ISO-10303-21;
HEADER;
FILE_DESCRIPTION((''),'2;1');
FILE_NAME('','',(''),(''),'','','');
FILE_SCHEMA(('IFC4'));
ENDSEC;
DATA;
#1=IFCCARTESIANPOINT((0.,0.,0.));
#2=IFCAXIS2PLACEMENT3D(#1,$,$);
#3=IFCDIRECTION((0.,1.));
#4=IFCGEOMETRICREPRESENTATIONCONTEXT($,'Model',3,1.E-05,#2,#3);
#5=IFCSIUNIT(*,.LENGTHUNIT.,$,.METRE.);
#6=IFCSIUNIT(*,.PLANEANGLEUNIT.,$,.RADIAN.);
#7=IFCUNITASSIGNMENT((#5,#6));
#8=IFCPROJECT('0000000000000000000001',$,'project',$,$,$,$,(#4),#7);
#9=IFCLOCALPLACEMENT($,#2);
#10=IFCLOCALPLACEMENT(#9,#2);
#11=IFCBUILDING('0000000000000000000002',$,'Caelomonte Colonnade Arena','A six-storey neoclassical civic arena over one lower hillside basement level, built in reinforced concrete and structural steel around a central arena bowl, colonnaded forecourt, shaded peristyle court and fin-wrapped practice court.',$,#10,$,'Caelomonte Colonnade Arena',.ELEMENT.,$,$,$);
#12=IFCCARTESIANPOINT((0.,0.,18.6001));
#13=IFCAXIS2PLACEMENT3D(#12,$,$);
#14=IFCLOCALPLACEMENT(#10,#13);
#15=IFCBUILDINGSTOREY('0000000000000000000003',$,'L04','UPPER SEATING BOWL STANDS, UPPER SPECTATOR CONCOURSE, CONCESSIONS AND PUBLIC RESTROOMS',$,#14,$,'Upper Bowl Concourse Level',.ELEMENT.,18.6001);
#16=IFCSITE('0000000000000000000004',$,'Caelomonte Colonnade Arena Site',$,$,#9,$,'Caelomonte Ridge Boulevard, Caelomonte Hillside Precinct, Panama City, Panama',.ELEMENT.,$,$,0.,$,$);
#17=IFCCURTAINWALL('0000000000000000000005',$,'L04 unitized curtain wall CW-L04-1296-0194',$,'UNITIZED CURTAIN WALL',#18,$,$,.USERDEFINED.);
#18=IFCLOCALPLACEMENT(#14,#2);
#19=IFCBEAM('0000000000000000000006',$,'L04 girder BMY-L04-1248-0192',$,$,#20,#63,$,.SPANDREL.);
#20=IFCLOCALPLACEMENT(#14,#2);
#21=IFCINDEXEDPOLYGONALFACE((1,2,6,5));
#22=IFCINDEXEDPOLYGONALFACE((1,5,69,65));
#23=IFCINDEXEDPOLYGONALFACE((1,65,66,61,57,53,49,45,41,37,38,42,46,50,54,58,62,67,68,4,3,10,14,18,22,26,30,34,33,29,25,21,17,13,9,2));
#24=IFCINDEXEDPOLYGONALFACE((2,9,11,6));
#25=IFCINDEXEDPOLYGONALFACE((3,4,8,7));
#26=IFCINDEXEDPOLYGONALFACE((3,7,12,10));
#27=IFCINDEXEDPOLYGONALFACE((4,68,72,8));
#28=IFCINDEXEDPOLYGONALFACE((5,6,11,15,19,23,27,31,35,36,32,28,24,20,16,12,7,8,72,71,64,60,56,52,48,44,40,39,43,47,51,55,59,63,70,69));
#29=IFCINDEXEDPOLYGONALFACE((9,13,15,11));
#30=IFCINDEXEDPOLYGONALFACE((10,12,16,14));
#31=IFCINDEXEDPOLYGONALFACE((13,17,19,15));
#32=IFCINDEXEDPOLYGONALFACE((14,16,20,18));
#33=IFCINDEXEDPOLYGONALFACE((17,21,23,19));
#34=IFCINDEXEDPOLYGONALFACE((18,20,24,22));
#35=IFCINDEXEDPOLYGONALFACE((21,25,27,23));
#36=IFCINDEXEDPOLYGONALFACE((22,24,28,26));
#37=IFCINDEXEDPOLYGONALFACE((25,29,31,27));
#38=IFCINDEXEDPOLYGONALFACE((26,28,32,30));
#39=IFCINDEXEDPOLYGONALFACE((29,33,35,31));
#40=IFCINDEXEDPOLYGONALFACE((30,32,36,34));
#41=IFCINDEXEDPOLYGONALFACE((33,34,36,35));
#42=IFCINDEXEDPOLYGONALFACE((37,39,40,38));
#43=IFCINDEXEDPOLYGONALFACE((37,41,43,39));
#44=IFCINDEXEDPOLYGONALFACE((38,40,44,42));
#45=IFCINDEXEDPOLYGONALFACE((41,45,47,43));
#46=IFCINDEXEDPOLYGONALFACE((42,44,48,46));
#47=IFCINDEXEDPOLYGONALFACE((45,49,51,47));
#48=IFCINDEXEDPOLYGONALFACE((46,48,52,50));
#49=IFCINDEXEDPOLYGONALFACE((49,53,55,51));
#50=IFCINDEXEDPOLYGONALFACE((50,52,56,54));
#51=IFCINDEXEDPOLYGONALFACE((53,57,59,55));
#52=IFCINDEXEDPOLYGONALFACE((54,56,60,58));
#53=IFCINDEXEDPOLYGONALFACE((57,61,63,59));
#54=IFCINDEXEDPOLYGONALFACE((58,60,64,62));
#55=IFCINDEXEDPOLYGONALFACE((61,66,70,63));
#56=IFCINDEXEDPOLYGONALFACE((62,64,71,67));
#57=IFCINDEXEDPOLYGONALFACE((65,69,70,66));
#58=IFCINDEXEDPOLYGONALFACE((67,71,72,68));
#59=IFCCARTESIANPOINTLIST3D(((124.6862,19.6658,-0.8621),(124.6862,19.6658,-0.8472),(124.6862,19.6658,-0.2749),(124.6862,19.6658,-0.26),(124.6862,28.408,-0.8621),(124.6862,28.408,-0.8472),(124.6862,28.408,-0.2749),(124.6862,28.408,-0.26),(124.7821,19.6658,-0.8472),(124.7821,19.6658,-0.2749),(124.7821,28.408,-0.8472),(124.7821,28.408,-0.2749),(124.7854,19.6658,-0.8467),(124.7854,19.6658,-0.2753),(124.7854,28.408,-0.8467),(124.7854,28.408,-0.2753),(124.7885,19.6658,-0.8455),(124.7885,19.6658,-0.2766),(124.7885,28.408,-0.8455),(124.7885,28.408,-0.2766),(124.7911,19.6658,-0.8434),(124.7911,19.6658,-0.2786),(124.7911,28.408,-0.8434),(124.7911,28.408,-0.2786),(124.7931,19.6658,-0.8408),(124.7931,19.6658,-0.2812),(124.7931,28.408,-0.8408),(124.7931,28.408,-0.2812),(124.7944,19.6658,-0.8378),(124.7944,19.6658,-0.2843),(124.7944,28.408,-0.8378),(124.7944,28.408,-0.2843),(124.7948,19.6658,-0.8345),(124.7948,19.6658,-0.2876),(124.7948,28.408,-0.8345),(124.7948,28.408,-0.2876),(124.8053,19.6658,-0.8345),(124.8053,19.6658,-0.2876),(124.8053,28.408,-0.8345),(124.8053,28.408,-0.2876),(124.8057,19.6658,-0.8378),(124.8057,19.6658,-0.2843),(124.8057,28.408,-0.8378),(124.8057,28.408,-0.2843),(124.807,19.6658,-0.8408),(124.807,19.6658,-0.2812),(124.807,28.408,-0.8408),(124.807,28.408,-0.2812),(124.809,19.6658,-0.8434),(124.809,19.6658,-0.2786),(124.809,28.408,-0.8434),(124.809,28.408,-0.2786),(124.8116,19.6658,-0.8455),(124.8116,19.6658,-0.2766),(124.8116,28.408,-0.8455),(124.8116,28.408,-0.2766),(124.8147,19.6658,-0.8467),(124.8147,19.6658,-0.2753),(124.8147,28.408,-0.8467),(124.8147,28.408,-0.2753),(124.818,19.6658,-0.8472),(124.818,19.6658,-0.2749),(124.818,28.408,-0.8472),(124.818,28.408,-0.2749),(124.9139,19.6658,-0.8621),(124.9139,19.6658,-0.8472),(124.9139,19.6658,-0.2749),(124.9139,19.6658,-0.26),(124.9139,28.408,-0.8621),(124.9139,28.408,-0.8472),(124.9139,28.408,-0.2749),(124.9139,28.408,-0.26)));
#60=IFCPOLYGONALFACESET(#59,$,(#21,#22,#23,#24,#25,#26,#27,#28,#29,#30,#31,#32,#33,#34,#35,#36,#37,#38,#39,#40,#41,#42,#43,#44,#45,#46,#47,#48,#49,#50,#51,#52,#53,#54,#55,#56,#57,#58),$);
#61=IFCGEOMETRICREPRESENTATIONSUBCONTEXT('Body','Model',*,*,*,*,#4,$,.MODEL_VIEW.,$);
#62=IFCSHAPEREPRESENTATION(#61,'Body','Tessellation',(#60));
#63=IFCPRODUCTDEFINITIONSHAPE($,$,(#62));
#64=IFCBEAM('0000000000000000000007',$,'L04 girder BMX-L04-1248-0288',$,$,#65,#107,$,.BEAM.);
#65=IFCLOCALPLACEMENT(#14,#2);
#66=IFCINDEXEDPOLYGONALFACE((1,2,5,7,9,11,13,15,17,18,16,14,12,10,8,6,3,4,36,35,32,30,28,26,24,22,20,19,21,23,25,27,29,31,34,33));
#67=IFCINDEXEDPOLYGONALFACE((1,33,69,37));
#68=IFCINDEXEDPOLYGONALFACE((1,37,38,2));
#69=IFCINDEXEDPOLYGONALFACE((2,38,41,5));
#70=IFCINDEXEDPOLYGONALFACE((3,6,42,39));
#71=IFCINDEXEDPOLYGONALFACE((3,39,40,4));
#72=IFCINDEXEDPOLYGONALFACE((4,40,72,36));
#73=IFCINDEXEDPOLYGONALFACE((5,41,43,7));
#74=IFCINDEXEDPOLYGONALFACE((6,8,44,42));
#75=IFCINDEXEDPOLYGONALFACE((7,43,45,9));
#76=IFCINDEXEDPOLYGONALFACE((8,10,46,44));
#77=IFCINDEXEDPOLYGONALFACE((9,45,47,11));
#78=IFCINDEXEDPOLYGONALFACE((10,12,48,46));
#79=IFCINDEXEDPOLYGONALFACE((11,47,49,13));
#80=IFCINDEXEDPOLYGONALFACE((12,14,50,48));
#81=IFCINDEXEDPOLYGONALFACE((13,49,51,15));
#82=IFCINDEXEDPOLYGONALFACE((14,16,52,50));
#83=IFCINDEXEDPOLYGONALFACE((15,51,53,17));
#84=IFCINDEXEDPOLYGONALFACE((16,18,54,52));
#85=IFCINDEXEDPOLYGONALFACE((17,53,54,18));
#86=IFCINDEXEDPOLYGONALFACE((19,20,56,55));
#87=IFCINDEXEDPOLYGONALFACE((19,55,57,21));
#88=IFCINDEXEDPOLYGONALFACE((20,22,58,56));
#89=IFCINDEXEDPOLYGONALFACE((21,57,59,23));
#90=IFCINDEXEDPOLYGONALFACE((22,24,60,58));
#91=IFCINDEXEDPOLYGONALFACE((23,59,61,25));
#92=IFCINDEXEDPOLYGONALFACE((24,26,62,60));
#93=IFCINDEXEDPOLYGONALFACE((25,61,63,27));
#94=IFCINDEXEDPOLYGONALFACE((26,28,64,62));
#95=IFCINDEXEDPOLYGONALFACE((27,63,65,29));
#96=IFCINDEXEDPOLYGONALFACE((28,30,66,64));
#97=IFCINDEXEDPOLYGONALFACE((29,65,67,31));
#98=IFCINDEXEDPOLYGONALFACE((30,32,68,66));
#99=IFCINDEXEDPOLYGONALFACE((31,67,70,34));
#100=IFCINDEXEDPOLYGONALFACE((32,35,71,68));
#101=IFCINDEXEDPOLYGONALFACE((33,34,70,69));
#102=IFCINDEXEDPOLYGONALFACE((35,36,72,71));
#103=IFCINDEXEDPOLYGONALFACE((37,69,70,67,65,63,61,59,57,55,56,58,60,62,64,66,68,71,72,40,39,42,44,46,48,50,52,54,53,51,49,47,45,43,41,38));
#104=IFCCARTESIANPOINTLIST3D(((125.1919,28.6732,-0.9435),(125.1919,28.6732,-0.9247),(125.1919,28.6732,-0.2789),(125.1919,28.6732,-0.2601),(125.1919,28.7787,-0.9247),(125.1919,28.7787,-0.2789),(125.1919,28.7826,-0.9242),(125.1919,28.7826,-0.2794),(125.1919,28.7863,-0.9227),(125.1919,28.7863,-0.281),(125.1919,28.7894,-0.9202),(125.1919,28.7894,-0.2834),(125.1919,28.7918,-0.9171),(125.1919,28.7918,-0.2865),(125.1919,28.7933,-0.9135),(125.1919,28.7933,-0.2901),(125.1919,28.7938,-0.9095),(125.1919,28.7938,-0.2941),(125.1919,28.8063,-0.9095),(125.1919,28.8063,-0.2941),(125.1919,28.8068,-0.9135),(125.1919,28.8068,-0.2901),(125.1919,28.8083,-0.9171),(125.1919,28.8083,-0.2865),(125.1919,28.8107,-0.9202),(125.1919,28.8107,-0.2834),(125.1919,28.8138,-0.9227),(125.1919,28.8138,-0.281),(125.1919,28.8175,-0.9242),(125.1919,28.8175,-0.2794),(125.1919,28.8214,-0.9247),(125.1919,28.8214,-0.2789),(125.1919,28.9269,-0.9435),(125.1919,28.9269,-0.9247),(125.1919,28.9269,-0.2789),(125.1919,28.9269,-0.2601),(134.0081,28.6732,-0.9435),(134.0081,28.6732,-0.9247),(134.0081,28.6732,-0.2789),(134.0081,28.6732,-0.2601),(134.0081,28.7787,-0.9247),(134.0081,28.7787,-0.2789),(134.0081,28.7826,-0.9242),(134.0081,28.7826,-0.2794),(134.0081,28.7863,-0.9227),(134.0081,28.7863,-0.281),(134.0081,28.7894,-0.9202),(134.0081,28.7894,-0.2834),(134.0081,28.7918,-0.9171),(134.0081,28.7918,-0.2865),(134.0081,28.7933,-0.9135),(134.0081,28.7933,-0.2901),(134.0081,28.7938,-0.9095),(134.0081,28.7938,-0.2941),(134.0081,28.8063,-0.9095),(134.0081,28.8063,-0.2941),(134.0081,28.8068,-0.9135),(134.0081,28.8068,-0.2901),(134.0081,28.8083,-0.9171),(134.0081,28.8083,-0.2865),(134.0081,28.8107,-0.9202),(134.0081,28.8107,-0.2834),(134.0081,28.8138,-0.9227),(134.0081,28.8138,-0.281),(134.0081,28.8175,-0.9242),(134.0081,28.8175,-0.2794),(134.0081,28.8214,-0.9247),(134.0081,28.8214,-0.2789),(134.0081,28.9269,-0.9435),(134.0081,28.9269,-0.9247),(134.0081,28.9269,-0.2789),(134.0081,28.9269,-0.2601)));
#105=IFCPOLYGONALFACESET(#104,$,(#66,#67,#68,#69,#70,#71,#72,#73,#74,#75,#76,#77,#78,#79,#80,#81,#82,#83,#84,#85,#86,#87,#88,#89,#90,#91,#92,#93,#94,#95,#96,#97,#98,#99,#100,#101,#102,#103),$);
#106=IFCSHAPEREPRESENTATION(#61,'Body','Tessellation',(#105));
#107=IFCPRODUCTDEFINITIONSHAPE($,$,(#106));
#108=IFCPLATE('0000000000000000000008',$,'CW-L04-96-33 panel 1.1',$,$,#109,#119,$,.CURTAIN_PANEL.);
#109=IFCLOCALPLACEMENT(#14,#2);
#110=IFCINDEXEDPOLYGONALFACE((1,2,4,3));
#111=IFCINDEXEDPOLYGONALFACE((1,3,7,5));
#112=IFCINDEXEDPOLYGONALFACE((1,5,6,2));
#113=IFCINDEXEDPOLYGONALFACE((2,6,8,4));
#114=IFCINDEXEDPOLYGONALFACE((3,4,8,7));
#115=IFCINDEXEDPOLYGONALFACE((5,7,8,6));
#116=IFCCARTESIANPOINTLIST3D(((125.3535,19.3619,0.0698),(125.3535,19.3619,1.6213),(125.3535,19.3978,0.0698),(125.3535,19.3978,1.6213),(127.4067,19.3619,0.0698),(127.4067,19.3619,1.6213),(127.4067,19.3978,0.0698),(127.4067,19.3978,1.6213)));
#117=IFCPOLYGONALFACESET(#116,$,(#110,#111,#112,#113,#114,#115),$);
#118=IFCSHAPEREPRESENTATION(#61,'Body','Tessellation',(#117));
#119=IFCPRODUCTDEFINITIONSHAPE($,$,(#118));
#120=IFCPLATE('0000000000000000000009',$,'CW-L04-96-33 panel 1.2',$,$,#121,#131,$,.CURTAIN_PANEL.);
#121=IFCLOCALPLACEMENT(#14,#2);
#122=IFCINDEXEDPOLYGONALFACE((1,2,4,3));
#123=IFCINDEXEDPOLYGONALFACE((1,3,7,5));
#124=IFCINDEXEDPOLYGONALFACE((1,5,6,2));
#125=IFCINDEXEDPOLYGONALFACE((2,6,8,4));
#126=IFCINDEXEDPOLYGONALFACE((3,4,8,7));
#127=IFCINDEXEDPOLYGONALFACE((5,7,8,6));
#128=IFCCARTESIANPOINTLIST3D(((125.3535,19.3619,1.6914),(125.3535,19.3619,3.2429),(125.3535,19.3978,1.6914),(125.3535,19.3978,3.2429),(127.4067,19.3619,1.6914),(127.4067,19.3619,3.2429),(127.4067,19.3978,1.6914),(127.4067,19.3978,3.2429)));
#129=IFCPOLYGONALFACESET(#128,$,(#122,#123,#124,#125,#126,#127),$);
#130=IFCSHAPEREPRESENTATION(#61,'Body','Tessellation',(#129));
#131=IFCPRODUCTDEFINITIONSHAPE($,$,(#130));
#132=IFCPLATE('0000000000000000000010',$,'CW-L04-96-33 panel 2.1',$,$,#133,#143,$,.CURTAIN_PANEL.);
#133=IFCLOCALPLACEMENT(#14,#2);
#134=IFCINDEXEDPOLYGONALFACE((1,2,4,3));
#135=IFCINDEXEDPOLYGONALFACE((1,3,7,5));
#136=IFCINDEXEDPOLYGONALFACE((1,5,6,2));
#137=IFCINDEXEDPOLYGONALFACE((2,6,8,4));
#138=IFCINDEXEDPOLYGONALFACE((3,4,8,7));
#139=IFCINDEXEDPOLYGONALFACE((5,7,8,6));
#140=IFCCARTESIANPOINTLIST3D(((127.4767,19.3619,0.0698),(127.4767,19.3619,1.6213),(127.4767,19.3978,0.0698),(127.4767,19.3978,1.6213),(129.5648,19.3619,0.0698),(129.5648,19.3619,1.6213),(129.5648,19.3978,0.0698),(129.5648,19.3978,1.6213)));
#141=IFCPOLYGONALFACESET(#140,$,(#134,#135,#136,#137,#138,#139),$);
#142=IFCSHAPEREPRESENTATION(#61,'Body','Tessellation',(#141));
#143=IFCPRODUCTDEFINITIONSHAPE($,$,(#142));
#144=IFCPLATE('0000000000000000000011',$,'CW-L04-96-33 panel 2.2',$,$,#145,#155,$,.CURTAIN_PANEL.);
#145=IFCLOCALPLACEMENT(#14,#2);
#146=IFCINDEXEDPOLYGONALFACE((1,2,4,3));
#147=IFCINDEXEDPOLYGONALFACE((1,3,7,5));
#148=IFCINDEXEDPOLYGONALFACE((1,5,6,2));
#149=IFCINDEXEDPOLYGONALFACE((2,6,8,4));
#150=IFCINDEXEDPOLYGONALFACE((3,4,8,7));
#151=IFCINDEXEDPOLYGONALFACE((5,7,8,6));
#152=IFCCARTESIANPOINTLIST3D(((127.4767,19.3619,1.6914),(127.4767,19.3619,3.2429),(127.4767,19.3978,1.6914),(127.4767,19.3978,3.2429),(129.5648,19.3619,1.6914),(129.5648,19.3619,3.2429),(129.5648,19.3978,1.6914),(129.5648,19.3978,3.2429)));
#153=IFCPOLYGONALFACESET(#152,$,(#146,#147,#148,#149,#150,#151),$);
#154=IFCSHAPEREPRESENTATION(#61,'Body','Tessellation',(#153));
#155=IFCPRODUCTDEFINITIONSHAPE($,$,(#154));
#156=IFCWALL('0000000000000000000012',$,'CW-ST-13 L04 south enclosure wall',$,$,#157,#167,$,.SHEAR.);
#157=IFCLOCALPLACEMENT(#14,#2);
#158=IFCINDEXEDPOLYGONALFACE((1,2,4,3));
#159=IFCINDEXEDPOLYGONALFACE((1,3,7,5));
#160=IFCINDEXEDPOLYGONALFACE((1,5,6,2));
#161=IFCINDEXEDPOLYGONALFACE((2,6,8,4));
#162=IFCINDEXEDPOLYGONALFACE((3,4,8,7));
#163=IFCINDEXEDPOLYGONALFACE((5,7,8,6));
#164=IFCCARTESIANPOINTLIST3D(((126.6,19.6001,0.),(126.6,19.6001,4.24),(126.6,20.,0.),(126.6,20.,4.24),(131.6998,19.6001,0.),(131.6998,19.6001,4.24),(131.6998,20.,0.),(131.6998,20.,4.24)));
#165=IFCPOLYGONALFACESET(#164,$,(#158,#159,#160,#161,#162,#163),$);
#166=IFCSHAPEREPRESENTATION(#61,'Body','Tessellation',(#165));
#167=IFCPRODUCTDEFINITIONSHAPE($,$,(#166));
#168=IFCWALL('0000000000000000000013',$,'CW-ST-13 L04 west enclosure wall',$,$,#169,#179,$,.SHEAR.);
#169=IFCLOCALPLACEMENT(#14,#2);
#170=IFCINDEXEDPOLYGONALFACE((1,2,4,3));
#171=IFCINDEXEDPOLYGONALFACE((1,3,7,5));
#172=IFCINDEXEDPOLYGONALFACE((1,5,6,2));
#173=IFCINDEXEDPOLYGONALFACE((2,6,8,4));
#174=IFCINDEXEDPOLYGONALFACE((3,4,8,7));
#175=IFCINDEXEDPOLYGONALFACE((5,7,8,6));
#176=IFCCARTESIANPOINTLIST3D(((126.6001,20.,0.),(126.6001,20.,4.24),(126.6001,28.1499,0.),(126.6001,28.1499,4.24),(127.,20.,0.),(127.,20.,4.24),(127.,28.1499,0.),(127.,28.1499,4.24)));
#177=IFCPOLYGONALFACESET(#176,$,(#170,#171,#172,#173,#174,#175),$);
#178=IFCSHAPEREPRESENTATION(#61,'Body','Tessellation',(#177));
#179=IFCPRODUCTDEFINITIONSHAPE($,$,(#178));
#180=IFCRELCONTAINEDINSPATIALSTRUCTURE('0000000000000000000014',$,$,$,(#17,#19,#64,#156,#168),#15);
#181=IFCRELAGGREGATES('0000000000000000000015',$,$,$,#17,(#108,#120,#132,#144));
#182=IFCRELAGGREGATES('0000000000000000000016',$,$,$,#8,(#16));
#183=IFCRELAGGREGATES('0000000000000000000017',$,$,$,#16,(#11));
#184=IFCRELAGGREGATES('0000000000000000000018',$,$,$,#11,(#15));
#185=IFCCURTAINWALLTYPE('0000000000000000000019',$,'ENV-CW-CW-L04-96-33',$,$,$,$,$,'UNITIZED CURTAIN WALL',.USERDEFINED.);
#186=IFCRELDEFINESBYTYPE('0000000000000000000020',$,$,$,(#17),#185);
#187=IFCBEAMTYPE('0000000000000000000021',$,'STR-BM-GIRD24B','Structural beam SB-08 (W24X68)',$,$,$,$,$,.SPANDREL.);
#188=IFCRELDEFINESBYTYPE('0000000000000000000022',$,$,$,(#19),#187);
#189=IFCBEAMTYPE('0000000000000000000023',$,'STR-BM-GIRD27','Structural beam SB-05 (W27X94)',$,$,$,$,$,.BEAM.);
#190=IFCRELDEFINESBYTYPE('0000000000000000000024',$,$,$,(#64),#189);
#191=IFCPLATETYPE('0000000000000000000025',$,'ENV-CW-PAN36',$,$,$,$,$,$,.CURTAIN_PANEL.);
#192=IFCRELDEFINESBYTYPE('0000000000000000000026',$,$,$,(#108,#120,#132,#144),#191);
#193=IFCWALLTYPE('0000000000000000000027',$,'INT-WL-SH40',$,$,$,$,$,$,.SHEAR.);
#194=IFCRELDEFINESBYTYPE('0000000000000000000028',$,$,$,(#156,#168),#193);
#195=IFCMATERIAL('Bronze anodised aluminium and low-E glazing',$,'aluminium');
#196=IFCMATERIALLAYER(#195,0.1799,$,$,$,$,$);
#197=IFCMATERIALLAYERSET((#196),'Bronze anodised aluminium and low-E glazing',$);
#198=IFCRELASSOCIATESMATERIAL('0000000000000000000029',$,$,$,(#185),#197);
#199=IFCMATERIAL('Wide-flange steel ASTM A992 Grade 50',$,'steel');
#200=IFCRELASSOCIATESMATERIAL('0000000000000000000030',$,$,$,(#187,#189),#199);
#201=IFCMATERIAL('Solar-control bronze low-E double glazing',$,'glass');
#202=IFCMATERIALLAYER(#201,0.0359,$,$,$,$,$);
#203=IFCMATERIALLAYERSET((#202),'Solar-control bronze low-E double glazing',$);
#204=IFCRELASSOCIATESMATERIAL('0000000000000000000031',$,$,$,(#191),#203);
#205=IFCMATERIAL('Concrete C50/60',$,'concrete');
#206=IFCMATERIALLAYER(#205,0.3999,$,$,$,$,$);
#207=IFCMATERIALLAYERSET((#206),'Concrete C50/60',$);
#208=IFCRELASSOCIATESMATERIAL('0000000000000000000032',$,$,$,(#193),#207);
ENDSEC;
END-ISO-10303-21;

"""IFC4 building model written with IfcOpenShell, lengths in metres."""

from ifc_helpers import new_model, si_unit, direction, frame, frame_2d, origin, origin_2d, place, context, subcontext, project, spatial, rectangle, i_section, extrude, material, layer, layer_set, material_profile, profile_set, type_object, element, aggregate, save


model = new_model("IFC4")

# Units and contexts
model_context = context("Model", 3, precision=1e-05, world=origin(), true_north=direction((0.0, 1.0)))
body_context = subcontext(model_context, "Body", "Model", "MODEL_VIEW")
ifc_project = project(units=[si_unit("LENGTHUNIT", "METRE"), si_unit("PLANEANGLEUNIT", "RADIAN")], contexts=[model_context])

# Site, building, storey
site_placement = place(None, origin())
site = spatial("IfcSite", under=ifc_project, at=site_placement, Name="Caelomonte Colonnade Arena Site", LongName="Caelomonte Ridge Boulevard, Caelomonte Hillside Precinct, Panama City, Panama", CompositionType="ELEMENT", RefElevation=0.0)
building_placement = place(site_placement, origin())
building = spatial("IfcBuilding", under=site, at=building_placement, Name="Caelomonte Colonnade Arena", Description="A six-storey neoclassical civic arena over one lower hillside basement level, built in reinforced concrete and structural steel around a central arena bowl, colonnaded forecourt, shaded peristyle court and fin-wrapped practice court.", LongName="Caelomonte Colonnade Arena", CompositionType="ELEMENT")
storey_placement = place(building_placement, frame((0.0, 0.0, 18.6001)))
storey = spatial("IfcBuildingStorey", under=building, at=storey_placement, Name="L04", Description="UPPER SEATING BOWL STANDS, UPPER SPECTATOR CONCOURSE, CONCESSIONS AND PUBLIC RESTROOMS", LongName="Upper Bowl Concourse Level", CompositionType="ELEMENT", Elevation=18.6001)

# Curtain wall
ifc_material_1 = material(Name="Bronze anodised aluminium and low-E glazing", Category="aluminium")
ifc_layer_1 = layer(ifc_material_1, 0.1799)
ifc_layer_set_1 = layer_set([ifc_layer_1], Name="Bronze anodised aluminium and low-E glazing")
curtain_wall_type = type_object("IfcCurtainWallType", Name="ENV-CW-CW-L04-96-33", ElementType="UNITIZED CURTAIN WALL", PredefinedType="USERDEFINED", material=ifc_layer_set_1)
curtain_wall_placement = place(storey_placement, origin())
curtain_wall = element("IfcCurtainWall", 1, at=curtain_wall_placement, inside=storey, type_object=curtain_wall_type, Name="L04 unitized curtain wall CW-L04-1296-0194", ObjectType="UNITIZED CURTAIN WALL", PredefinedType="USERDEFINED")

# Beams
ifc_material_2 = material(Name="Wide-flange steel ASTM A992 Grade 50", Category="steel")
ifc_material_profile_1 = material_profile(ifc_material_2, i_section(OverallWidth=0.2278, OverallDepth=0.6021, WebThickness=0.0105, FlangeThickness=0.0149, FilletRadius=0.0127, at=origin_2d()), Name="W24X68")
ifc_profile_set_1 = profile_set([ifc_material_profile_1], Name="Wide-flange steel ASTM A992 Grade 50")
beam_type_1 = type_object("IfcBeamType", Name="STR-BM-GIRD24B", Description="Structural beam SB-08 (W24X68)", PredefinedType="SPANDREL", material=ifc_profile_set_1)
beam_1_placement = place(storey_placement, frame((124.8, 19.6658, -0.561), z_axis=(0.0, 1.0, 0.0), x_axis=(-1.0, 0.0, 0.0)))
element("IfcBeam", 2, at=beam_1_placement, inside=storey, type_object=beam_type_1, Name="L04 girder BMY-L04-1248-0192", PredefinedType="SPANDREL", context=body_context, shape_type="SweptSolid", body=[
    extrude(i_section(OverallWidth=0.2278, OverallDepth=0.6021, WebThickness=0.0105, FlangeThickness=0.0149, FilletRadius=0.0127, at=origin_2d()), origin(), (0.0, 0.0, 1.0), 8.7422),
])
ifc_material_profile_2 = material_profile(ifc_material_2, i_section(OverallWidth=0.2537, OverallDepth=0.6833, WebThickness=0.0125, FlangeThickness=0.0188, FilletRadius=0.0151, at=origin_2d()), Name="W27X94")
ifc_profile_set_2 = profile_set([ifc_material_profile_2], Name="Wide-flange steel ASTM A992 Grade 50")
beam_type_2 = type_object("IfcBeamType", Name="STR-BM-GIRD27", Description="Structural beam SB-05 (W27X94)", PredefinedType="BEAM", material=ifc_profile_set_2)
beam_2_placement = place(storey_placement, frame((125.1919, 28.8, -0.6018), z_axis=(1.0, 0.0, 0.0), x_axis=(0.0, 1.0, 0.0)))
element("IfcBeam", 3, at=beam_2_placement, inside=storey, type_object=beam_type_2, Name="L04 girder BMX-L04-1248-0288", PredefinedType="BEAM", context=body_context, shape_type="SweptSolid", body=[
    extrude(i_section(OverallWidth=0.2537, OverallDepth=0.6833, WebThickness=0.0125, FlangeThickness=0.0188, FilletRadius=0.0151, at=origin_2d()), origin(), (0.0, 0.0, 1.0), 8.8162),
])

# Plates
ifc_material_3 = material(Name="Solar-control bronze low-E double glazing", Category="glass")
ifc_layer_2 = layer(ifc_material_3, 0.0359)
ifc_layer_set_2 = layer_set([ifc_layer_2], Name="Solar-control bronze low-E double glazing")
plate_type = type_object("IfcPlateType", Name="ENV-CW-PAN36", PredefinedType="CURTAIN_PANEL", material=ifc_layer_set_2)
plate_1_placement = place(storey_placement, frame((126.3801, 19.3799, 0.0698), z_axis=(0.0, 0.0, 1.0), x_axis=(1.0, 0.0, 0.0)))
plate_1 = element("IfcPlate", 4, at=plate_1_placement, type_object=plate_type, Name="CW-L04-96-33 panel 1.1", PredefinedType="CURTAIN_PANEL", context=body_context, shape_type="SweptSolid", body=[
    extrude(rectangle(XDim=2.0532, YDim=0.0359, at=origin_2d()), origin(), (0.0, 0.0, 1.0), 1.5515),
])
plate_2_placement = place(storey_placement, frame((126.3801, 19.3799, 1.6914), z_axis=(0.0, 0.0, 1.0), x_axis=(1.0, 0.0, 0.0)))
plate_2 = element("IfcPlate", 5, at=plate_2_placement, type_object=plate_type, Name="CW-L04-96-33 panel 1.2", PredefinedType="CURTAIN_PANEL", context=body_context, shape_type="SweptSolid", body=[
    extrude(rectangle(XDim=2.0532, YDim=0.0359, at=origin_2d()), origin(), (0.0, 0.0, 1.0), 1.5515),
])
plate_3_placement = place(storey_placement, frame((128.5208, 19.3799, 0.0698), z_axis=(0.0, 0.0, 1.0), x_axis=(1.0, 0.0, 0.0)))
plate_3 = element("IfcPlate", 6, at=plate_3_placement, type_object=plate_type, Name="CW-L04-96-33 panel 2.1", PredefinedType="CURTAIN_PANEL", context=body_context, shape_type="SweptSolid", body=[
    extrude(rectangle(XDim=2.0881, YDim=0.0359, at=origin_2d()), origin(), (0.0, 0.0, 1.0), 1.5515),
])
plate_4_placement = place(storey_placement, frame((128.5208, 19.3799, 1.6914), z_axis=(0.0, 0.0, 1.0), x_axis=(1.0, 0.0, 0.0)))
plate_4 = element("IfcPlate", 7, at=plate_4_placement, type_object=plate_type, Name="CW-L04-96-33 panel 2.2", PredefinedType="CURTAIN_PANEL", context=body_context, shape_type="SweptSolid", body=[
    extrude(rectangle(XDim=2.0881, YDim=0.0359, at=origin_2d()), origin(), (0.0, 0.0, 1.0), 1.5515),
])
aggregate(curtain_wall, [plate_1, plate_2, plate_3, plate_4])

# Walls
ifc_material_4 = material(Name="Concrete C50/60", Category="concrete")
ifc_layer_3 = layer(ifc_material_4, 0.3999)
ifc_layer_set_3 = layer_set([ifc_layer_3], Name="Concrete C50/60")
wall_type = type_object("IfcWallType", Name="INT-WL-SH40", PredefinedType="SHEAR", material=ifc_layer_set_3)
wall_1_placement = place(storey_placement, frame((126.6001, 19.8, 0.0), z_axis=(0.0, 0.0, 1.0), x_axis=(1.0, 0.0, 0.0)))
element("IfcWall", 8, at=wall_1_placement, inside=storey, type_object=wall_type, Name="CW-ST-13 L04 south enclosure wall", PredefinedType="SHEAR", context=body_context, shape_type="SweptSolid", body=[
    extrude(rectangle(XDim=5.0999, YDim=0.3999, at=frame_2d((2.5498, 0.0))), origin(), (0.0, 0.0, 1.0), 4.24),
])
wall_2_placement = place(storey_placement, frame((126.8, 28.1499, 0.0), z_axis=(0.0, 0.0, 1.0), x_axis=(0.0, -1.0, 0.0)))
element("IfcWall", 9, at=wall_2_placement, inside=storey, type_object=wall_type, Name="CW-ST-13 L04 west enclosure wall", PredefinedType="SHEAR", context=body_context, shape_type="SweptSolid", body=[
    extrude(rectangle(XDim=8.1499, YDim=0.3999, at=frame_2d((4.075, 0.0))), origin(), (0.0, 0.0, 1.0), 4.24),
])

save(model, "model.ifc")
